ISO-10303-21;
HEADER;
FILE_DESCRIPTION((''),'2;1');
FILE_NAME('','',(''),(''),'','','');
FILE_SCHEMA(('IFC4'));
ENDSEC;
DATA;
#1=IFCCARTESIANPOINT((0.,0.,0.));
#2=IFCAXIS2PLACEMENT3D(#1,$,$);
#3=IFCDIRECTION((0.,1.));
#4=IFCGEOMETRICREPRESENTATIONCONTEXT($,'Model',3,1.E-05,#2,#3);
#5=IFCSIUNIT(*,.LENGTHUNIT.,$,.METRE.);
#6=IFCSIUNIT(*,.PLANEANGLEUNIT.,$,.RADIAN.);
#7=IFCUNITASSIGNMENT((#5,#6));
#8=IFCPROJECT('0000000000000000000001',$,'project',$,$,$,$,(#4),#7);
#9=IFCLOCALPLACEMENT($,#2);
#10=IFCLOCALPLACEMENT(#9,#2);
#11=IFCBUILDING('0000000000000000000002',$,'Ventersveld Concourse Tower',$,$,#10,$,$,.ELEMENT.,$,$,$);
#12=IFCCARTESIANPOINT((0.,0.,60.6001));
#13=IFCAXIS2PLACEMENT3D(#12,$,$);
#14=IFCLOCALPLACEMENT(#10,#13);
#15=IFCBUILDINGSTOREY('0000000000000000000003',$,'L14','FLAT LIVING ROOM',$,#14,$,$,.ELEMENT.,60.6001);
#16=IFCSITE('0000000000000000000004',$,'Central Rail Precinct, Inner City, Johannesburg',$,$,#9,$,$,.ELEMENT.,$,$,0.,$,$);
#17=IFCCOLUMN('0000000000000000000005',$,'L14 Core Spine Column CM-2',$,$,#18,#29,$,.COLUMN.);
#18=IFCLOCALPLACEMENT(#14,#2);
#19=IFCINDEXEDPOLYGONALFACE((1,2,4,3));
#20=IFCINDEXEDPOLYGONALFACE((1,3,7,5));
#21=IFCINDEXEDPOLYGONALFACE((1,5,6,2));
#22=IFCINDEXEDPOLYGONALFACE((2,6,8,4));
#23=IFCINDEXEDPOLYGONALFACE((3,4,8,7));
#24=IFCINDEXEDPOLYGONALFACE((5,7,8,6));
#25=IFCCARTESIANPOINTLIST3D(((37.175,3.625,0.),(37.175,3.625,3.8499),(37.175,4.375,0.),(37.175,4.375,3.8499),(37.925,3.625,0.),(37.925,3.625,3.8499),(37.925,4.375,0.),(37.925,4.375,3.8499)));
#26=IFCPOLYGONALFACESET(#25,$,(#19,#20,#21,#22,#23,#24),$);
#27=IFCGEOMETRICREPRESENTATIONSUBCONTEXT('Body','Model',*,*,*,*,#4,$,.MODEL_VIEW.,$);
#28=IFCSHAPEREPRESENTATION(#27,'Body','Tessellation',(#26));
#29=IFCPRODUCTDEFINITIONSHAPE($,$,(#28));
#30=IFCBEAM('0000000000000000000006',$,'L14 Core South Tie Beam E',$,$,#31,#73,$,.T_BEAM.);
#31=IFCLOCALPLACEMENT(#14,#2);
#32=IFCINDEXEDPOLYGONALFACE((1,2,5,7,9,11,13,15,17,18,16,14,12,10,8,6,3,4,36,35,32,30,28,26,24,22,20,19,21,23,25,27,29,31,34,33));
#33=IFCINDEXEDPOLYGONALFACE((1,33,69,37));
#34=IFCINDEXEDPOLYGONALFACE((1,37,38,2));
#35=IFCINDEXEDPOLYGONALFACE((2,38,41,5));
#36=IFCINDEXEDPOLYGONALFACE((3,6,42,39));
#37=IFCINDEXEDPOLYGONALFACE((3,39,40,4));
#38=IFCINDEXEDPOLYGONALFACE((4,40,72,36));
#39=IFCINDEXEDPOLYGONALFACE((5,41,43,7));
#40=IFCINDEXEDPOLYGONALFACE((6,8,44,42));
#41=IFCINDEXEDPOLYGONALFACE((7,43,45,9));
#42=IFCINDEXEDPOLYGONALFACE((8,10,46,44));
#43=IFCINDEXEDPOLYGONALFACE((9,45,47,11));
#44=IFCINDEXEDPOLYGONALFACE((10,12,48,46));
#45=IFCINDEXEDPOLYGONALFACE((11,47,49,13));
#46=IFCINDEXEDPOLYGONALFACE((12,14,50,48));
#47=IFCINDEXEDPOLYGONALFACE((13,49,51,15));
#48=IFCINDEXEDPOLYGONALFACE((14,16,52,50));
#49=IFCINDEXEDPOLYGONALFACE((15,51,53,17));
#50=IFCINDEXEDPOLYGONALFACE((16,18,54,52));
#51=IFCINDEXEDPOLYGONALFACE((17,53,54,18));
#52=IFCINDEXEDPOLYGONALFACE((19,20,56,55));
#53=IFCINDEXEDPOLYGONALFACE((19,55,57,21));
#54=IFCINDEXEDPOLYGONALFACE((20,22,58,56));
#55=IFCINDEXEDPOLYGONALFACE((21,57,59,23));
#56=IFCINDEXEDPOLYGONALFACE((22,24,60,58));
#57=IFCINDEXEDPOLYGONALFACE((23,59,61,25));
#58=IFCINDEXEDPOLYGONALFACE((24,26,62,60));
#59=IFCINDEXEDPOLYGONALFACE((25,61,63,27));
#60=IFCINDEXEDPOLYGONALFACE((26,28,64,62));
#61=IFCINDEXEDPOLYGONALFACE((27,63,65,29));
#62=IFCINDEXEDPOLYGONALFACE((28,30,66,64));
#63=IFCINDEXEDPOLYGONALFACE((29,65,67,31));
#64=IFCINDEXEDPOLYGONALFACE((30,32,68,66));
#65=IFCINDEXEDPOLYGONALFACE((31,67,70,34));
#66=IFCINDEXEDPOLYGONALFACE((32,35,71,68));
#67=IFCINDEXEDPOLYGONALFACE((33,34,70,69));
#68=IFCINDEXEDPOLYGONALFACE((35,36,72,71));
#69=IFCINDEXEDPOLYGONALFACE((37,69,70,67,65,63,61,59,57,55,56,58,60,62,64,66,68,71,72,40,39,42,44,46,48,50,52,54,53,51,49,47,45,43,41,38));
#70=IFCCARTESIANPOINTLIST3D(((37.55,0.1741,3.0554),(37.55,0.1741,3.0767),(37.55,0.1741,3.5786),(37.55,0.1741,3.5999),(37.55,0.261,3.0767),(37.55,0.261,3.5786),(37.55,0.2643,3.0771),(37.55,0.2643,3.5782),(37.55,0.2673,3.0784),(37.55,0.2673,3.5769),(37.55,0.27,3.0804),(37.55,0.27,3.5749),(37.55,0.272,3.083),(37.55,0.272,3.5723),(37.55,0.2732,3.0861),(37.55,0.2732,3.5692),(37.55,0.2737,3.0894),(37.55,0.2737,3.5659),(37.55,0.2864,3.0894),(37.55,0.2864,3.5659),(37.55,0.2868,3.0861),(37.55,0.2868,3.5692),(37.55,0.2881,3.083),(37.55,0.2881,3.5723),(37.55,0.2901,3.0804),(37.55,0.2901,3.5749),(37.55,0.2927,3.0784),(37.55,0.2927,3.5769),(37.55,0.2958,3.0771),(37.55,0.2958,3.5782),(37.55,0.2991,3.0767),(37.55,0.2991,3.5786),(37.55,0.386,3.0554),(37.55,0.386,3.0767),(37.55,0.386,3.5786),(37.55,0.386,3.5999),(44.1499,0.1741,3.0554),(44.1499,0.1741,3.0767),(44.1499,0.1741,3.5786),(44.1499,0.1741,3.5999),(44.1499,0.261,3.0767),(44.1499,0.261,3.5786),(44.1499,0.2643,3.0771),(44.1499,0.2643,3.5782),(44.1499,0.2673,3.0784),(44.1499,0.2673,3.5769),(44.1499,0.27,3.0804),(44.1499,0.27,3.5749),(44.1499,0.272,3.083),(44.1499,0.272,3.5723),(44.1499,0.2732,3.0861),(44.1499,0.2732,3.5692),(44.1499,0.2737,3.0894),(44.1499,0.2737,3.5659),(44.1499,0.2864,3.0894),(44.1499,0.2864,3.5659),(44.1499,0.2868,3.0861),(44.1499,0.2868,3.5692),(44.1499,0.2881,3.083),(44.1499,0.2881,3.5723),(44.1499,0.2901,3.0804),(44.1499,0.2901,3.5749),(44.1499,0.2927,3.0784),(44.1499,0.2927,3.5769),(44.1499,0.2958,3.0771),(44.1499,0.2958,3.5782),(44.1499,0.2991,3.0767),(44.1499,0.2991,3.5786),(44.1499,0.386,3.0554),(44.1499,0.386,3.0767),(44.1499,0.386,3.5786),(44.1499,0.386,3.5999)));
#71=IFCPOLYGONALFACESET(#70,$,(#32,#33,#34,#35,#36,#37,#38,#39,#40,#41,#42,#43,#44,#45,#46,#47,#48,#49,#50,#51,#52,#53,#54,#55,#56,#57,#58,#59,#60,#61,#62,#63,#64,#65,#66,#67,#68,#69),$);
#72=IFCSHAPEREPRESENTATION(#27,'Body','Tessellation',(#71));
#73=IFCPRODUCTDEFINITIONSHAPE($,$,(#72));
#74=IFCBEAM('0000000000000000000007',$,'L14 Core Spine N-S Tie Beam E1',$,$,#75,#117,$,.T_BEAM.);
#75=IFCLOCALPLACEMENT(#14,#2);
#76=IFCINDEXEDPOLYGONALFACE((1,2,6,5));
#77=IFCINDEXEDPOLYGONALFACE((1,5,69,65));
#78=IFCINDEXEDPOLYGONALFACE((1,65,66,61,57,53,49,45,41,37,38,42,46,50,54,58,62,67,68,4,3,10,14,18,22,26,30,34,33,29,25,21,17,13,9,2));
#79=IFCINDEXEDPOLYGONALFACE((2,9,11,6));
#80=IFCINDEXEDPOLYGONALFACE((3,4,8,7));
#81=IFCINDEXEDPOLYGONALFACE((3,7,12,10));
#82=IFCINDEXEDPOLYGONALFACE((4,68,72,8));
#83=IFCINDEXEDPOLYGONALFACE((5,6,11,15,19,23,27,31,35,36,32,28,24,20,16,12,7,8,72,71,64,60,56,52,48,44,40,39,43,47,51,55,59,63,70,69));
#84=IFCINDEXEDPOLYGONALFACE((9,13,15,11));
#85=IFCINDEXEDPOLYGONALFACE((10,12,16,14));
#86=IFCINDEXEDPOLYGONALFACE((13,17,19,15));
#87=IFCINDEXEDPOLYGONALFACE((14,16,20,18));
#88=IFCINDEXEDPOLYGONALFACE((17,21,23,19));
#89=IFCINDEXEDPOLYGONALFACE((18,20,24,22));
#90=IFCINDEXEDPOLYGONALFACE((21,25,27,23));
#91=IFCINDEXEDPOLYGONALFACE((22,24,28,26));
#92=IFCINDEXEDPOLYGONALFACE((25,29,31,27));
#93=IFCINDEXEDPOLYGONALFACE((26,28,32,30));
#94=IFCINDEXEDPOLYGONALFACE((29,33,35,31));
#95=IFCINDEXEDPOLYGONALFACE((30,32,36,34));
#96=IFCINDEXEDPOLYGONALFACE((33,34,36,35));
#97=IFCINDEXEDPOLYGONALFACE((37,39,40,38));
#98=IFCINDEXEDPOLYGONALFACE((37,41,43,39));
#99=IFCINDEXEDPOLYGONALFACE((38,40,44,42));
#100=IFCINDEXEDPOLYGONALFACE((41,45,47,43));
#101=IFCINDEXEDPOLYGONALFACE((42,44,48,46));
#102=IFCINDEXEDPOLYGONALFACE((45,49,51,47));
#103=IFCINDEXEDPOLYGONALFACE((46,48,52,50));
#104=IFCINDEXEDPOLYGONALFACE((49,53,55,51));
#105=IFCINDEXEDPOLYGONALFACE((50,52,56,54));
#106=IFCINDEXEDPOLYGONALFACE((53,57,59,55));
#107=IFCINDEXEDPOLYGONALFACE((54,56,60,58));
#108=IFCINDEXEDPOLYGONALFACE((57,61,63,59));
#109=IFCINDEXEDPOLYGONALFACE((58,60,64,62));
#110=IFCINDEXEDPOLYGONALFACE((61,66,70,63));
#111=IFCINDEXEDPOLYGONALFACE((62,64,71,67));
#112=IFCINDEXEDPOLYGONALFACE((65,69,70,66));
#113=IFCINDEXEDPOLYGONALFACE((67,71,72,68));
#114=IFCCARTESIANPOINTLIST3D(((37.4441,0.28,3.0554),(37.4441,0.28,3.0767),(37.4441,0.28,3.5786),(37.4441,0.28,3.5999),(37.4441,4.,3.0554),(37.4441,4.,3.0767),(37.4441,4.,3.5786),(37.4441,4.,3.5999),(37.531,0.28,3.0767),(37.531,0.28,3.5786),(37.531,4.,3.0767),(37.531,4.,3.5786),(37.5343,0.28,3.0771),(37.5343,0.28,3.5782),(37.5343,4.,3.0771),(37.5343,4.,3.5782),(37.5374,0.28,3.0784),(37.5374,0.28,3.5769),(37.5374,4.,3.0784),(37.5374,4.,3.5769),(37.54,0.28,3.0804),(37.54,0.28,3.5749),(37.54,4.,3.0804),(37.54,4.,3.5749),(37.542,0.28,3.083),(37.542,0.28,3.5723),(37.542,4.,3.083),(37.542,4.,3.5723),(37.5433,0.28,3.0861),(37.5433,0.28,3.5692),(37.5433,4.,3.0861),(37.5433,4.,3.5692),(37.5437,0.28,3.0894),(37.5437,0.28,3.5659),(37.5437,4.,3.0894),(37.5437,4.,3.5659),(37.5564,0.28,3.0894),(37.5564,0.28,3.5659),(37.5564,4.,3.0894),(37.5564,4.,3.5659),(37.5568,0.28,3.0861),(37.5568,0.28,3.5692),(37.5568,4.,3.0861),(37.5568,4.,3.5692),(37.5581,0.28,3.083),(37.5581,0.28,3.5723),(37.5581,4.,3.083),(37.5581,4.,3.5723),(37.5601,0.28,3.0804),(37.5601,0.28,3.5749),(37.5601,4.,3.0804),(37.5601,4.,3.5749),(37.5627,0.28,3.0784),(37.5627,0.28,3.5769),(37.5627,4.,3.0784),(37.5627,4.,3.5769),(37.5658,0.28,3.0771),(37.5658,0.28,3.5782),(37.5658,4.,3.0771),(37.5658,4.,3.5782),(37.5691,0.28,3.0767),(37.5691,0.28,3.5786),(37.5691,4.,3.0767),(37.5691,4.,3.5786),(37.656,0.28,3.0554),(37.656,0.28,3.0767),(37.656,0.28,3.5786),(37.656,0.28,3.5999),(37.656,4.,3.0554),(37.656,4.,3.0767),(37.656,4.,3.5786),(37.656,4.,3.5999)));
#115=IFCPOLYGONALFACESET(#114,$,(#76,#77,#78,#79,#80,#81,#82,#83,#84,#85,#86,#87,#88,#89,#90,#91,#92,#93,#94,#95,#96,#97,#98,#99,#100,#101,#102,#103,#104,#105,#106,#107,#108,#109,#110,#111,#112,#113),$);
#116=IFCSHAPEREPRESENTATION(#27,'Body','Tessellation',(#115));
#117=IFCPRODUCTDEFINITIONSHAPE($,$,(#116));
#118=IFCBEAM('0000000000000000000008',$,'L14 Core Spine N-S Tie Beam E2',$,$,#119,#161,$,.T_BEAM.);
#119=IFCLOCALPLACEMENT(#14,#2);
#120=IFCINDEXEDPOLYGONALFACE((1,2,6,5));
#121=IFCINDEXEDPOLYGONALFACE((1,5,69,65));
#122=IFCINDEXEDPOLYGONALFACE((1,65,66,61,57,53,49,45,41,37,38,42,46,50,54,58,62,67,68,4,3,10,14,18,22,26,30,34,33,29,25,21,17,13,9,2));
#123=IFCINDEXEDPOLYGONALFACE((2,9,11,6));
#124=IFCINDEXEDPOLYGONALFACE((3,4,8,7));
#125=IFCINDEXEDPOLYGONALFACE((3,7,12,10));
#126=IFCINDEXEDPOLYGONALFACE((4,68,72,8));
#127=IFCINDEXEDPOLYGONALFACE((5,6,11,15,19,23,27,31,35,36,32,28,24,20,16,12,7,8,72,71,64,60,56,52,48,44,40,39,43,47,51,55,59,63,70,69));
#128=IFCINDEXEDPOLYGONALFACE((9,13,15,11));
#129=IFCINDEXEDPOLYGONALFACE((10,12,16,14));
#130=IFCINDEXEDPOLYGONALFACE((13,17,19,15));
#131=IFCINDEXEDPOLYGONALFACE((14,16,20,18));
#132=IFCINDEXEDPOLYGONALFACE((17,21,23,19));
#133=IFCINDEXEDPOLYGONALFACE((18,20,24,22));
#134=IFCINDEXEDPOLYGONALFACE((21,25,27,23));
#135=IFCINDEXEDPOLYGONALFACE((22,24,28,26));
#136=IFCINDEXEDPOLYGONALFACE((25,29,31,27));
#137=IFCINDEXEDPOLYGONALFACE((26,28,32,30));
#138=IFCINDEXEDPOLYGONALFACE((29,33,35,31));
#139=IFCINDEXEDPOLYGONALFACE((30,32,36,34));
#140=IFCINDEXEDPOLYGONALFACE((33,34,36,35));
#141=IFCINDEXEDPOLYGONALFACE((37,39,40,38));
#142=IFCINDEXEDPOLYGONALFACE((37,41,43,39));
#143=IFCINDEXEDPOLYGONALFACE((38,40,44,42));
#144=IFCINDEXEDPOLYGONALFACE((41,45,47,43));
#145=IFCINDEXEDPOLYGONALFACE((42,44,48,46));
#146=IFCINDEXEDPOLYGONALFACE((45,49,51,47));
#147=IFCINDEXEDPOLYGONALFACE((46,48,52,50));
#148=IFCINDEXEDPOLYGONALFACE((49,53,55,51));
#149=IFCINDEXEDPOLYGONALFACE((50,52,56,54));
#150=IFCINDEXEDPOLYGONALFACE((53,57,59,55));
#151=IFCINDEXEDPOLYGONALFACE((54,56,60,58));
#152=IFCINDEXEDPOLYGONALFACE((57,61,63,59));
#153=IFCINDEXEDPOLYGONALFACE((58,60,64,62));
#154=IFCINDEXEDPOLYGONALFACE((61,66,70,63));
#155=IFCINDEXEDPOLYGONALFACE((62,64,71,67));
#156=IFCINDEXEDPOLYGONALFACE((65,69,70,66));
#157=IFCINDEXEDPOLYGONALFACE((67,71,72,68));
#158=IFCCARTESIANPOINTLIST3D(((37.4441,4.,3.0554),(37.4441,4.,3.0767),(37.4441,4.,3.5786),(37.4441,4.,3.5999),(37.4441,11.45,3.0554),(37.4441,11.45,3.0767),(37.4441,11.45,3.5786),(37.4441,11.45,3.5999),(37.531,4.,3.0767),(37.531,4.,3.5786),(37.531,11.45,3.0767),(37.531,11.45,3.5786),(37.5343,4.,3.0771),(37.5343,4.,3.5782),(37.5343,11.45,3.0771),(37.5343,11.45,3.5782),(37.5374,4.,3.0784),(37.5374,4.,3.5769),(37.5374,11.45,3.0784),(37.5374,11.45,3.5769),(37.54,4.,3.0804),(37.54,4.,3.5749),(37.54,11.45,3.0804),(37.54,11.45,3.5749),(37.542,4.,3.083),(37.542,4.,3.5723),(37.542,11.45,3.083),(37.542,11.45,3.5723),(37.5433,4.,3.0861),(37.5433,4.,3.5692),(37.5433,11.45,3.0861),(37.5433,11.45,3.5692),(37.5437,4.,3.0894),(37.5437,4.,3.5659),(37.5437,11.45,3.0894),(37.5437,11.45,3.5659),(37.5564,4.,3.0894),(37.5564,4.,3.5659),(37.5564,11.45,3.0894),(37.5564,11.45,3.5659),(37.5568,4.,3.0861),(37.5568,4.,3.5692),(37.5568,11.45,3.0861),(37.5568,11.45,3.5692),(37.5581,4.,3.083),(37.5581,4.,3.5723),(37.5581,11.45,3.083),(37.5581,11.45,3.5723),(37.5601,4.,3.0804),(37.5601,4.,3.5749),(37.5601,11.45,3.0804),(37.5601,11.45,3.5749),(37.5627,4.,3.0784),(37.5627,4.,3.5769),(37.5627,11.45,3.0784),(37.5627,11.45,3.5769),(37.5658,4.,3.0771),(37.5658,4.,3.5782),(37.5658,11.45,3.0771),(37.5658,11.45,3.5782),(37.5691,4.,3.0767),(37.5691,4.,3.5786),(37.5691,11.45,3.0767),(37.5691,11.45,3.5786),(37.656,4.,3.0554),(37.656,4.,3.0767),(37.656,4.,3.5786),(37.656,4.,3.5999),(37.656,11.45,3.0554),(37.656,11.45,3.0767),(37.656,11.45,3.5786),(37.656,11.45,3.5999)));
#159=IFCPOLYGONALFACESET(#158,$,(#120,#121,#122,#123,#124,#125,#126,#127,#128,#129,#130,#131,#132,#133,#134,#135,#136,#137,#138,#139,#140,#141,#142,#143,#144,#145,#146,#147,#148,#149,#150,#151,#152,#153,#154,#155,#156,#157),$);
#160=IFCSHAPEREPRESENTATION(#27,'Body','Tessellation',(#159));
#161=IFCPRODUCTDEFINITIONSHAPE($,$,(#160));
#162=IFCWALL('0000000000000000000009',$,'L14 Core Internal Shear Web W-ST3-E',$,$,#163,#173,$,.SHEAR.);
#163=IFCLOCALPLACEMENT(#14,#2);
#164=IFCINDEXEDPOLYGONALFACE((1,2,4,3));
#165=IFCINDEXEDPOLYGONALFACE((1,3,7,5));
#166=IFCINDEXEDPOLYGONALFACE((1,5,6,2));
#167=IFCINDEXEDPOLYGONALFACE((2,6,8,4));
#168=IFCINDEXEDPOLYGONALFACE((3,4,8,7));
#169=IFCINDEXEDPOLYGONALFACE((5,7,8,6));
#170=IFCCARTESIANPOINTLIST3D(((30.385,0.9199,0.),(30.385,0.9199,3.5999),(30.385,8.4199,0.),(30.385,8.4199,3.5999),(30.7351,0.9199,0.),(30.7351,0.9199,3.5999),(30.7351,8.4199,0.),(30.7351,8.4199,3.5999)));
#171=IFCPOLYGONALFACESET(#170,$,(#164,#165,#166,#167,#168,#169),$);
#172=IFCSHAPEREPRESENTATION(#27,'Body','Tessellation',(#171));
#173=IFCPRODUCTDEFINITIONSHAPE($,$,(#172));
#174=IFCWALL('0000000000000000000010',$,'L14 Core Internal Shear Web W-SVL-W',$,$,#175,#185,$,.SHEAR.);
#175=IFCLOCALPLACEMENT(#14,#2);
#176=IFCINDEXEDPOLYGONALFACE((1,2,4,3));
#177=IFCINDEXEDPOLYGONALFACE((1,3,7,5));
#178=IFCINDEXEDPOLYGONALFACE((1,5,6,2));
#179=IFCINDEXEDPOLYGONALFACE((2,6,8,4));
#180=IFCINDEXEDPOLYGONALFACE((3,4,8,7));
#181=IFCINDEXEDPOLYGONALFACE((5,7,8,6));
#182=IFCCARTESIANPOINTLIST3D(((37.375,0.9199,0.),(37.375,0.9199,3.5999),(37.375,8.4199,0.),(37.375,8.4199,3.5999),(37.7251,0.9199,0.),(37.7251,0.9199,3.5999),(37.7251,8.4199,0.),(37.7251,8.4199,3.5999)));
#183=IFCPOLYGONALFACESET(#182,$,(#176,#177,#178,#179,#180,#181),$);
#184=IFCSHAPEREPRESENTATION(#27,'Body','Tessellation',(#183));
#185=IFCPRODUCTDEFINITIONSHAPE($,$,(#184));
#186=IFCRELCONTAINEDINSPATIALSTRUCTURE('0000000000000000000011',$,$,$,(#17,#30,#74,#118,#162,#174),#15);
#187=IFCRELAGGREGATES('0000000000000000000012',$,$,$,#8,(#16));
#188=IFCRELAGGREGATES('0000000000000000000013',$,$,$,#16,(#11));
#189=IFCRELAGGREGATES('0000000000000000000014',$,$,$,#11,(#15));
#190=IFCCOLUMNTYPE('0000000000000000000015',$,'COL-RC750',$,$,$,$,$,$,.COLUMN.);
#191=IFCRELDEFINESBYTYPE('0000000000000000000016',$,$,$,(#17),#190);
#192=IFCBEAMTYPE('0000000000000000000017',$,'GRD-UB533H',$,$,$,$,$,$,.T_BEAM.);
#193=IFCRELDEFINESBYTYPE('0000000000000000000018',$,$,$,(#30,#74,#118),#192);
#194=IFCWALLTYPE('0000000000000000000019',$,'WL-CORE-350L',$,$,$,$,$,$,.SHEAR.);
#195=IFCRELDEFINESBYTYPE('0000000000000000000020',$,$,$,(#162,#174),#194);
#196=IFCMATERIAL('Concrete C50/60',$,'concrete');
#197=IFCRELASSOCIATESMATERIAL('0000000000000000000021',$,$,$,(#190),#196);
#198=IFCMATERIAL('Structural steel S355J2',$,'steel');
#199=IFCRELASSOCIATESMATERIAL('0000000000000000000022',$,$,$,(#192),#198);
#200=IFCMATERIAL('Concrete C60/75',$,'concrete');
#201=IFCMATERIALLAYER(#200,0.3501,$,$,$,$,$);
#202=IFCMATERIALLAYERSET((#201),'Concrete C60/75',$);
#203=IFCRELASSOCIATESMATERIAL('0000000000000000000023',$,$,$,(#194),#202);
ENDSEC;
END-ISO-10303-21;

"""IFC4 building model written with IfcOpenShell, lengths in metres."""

from ifc_helpers import new_model, si_unit, direction, frame, frame_2d, origin, origin_2d, place, context, subcontext, project, spatial, rectangle, i_section, extrude, material, layer, layer_set, material_profile, profile_set, type_object, element, save


model = new_model("IFC4")

# Units and contexts
model_context = context("Model", 3, precision=1e-05, world=origin(), true_north=direction((0.0, 1.0)))
body_context = subcontext(model_context, "Body", "Model", "MODEL_VIEW")
ifc_project = project(units=[si_unit("LENGTHUNIT", "METRE"), si_unit("PLANEANGLEUNIT", "RADIAN")], contexts=[model_context])

# Site, building, storey
site_placement = place(None, origin())
site = spatial("IfcSite", under=ifc_project, at=site_placement, Name="Central Rail Precinct, Inner City, Johannesburg", CompositionType="ELEMENT", RefElevation=0.0)
building_placement = place(site_placement, origin())
building = spatial("IfcBuilding", under=site, at=building_placement, Name="Ventersveld Concourse Tower", CompositionType="ELEMENT")
storey_placement = place(building_placement, frame((0.0, 0.0, 60.6001)))
storey = spatial("IfcBuildingStorey", under=building, at=storey_placement, Name="L14", Description="FLAT LIVING ROOM", CompositionType="ELEMENT", Elevation=60.6001)

# Column
ifc_material_1 = material(Name="Concrete C50/60", Category="concrete")
ifc_material_profile_1 = material_profile(ifc_material_1, rectangle(XDim=0.75, YDim=0.75, at=origin_2d()), Name="RC 750x750")
ifc_profile_set_1 = profile_set([ifc_material_profile_1], Name="Concrete C50/60")
column_type = type_object("IfcColumnType", Name="COL-RC750", PredefinedType="COLUMN", material=ifc_profile_set_1)
column_placement = place(storey_placement, frame((37.55, 4.0, 0.0), z_axis=(0.0, 0.0, 1.0), x_axis=(1.0, 0.0, 0.0)))
element("IfcColumn", 1, at=column_placement, inside=storey, type_object=column_type, Name="L14 Core Spine Column CM-2", PredefinedType="COLUMN", context=body_context, shape_type="SweptSolid", body=[
    extrude(rectangle(XDim=0.75, YDim=0.75, at=origin_2d()), origin(), (0.0, 0.0, 1.0), 3.8499),
])

# Beams
ifc_material_2 = material(Name="Structural steel S355J2", Category="steel")
ifc_material_profile_2 = material_profile(ifc_material_2, i_section(OverallWidth=0.2119, OverallDepth=0.5444, WebThickness=0.0127, FlangeThickness=0.0212, FilletRadius=0.0127, at=origin_2d()), Name="UB 533x210x122")
ifc_profile_set_2 = profile_set([ifc_material_profile_2], Name="Structural steel S355J2")
beam_type = type_object("IfcBeamType", Name="GRD-UB533H", PredefinedType="T_BEAM", material=ifc_profile_set_2)
beam_1_placement = place(storey_placement, frame((37.55, 0.28, 3.3276), z_axis=(1.0, 0.0, 0.0), x_axis=(0.0, 1.0, 0.0)))
element("IfcBeam", 2, at=beam_1_placement, inside=storey, type_object=beam_type, Name="L14 Core South Tie Beam E", PredefinedType="T_BEAM", context=body_context, shape_type="SweptSolid", body=[
    extrude(i_section(OverallWidth=0.2119, OverallDepth=0.5444, WebThickness=0.0127, FlangeThickness=0.0212, FilletRadius=0.0127, at=origin_2d()), origin(), (0.0, 0.0, 1.0), 6.5999),
])
beam_2_placement = place(storey_placement, frame((37.55, 0.28, 3.3276), z_axis=(0.0, 1.0, 0.0), x_axis=(-1.0, 0.0, 0.0)))
element("IfcBeam", 3, at=beam_2_placement, inside=storey, type_object=beam_type, Name="L14 Core Spine N-S Tie Beam E1", PredefinedType="T_BEAM", context=body_context, shape_type="SweptSolid", body=[
    extrude(i_section(OverallWidth=0.2119, OverallDepth=0.5444, WebThickness=0.0127, FlangeThickness=0.0212, FilletRadius=0.0127, at=origin_2d()), origin(), (0.0, 0.0, 1.0), 3.72),
])
beam_3_placement = place(storey_placement, frame((37.55, 4.0, 3.3276), z_axis=(0.0, 1.0, 0.0), x_axis=(-1.0, 0.0, 0.0)))
element("IfcBeam", 4, at=beam_3_placement, inside=storey, type_object=beam_type, Name="L14 Core Spine N-S Tie Beam E2", PredefinedType="T_BEAM", context=body_context, shape_type="SweptSolid", body=[
    extrude(i_section(OverallWidth=0.2119, OverallDepth=0.5444, WebThickness=0.0127, FlangeThickness=0.0212, FilletRadius=0.0127, at=origin_2d()), origin(), (0.0, 0.0, 1.0), 7.45),
])

# Walls
ifc_material_3 = material(Name="Concrete C60/75", Category="concrete")
ifc_layer_1 = layer(ifc_material_3, 0.3501)
ifc_layer_set_1 = layer_set([ifc_layer_1], Name="Concrete C60/75")
wall_type_1 = type_object("IfcWallType", Name="WL-CORE-350L", PredefinedType="SHEAR", material=ifc_layer_set_1)
for number, where, z_axis, x_axis, name in (
    (5, (30.5601, 0.9199, 0.0), (0.0, 0.0, 1.0), (0.0, 1.0, 0.0), "L14 Core Internal Shear Web W-ST3-E"),
    (6, (37.55, 0.9199, 0.0), (0.0, 0.0, 1.0), (0.0, 1.0, 0.0), "L14 Core Internal Shear Web W-SVL-W"),
):
    element("IfcWall", number, at=place(storey_placement, frame(where, z_axis=z_axis, x_axis=x_axis)), inside=storey, type_object=wall_type_1, Name=name, PredefinedType="SHEAR", context=body_context, shape_type="SweptSolid", body=[
        extrude(rectangle(XDim=7.5, YDim=0.3501, at=frame_2d((3.75, 0.0))), origin(), (0.0, 0.0, 1.0), 3.5999),
    ])

save(model, "model.ifc")
